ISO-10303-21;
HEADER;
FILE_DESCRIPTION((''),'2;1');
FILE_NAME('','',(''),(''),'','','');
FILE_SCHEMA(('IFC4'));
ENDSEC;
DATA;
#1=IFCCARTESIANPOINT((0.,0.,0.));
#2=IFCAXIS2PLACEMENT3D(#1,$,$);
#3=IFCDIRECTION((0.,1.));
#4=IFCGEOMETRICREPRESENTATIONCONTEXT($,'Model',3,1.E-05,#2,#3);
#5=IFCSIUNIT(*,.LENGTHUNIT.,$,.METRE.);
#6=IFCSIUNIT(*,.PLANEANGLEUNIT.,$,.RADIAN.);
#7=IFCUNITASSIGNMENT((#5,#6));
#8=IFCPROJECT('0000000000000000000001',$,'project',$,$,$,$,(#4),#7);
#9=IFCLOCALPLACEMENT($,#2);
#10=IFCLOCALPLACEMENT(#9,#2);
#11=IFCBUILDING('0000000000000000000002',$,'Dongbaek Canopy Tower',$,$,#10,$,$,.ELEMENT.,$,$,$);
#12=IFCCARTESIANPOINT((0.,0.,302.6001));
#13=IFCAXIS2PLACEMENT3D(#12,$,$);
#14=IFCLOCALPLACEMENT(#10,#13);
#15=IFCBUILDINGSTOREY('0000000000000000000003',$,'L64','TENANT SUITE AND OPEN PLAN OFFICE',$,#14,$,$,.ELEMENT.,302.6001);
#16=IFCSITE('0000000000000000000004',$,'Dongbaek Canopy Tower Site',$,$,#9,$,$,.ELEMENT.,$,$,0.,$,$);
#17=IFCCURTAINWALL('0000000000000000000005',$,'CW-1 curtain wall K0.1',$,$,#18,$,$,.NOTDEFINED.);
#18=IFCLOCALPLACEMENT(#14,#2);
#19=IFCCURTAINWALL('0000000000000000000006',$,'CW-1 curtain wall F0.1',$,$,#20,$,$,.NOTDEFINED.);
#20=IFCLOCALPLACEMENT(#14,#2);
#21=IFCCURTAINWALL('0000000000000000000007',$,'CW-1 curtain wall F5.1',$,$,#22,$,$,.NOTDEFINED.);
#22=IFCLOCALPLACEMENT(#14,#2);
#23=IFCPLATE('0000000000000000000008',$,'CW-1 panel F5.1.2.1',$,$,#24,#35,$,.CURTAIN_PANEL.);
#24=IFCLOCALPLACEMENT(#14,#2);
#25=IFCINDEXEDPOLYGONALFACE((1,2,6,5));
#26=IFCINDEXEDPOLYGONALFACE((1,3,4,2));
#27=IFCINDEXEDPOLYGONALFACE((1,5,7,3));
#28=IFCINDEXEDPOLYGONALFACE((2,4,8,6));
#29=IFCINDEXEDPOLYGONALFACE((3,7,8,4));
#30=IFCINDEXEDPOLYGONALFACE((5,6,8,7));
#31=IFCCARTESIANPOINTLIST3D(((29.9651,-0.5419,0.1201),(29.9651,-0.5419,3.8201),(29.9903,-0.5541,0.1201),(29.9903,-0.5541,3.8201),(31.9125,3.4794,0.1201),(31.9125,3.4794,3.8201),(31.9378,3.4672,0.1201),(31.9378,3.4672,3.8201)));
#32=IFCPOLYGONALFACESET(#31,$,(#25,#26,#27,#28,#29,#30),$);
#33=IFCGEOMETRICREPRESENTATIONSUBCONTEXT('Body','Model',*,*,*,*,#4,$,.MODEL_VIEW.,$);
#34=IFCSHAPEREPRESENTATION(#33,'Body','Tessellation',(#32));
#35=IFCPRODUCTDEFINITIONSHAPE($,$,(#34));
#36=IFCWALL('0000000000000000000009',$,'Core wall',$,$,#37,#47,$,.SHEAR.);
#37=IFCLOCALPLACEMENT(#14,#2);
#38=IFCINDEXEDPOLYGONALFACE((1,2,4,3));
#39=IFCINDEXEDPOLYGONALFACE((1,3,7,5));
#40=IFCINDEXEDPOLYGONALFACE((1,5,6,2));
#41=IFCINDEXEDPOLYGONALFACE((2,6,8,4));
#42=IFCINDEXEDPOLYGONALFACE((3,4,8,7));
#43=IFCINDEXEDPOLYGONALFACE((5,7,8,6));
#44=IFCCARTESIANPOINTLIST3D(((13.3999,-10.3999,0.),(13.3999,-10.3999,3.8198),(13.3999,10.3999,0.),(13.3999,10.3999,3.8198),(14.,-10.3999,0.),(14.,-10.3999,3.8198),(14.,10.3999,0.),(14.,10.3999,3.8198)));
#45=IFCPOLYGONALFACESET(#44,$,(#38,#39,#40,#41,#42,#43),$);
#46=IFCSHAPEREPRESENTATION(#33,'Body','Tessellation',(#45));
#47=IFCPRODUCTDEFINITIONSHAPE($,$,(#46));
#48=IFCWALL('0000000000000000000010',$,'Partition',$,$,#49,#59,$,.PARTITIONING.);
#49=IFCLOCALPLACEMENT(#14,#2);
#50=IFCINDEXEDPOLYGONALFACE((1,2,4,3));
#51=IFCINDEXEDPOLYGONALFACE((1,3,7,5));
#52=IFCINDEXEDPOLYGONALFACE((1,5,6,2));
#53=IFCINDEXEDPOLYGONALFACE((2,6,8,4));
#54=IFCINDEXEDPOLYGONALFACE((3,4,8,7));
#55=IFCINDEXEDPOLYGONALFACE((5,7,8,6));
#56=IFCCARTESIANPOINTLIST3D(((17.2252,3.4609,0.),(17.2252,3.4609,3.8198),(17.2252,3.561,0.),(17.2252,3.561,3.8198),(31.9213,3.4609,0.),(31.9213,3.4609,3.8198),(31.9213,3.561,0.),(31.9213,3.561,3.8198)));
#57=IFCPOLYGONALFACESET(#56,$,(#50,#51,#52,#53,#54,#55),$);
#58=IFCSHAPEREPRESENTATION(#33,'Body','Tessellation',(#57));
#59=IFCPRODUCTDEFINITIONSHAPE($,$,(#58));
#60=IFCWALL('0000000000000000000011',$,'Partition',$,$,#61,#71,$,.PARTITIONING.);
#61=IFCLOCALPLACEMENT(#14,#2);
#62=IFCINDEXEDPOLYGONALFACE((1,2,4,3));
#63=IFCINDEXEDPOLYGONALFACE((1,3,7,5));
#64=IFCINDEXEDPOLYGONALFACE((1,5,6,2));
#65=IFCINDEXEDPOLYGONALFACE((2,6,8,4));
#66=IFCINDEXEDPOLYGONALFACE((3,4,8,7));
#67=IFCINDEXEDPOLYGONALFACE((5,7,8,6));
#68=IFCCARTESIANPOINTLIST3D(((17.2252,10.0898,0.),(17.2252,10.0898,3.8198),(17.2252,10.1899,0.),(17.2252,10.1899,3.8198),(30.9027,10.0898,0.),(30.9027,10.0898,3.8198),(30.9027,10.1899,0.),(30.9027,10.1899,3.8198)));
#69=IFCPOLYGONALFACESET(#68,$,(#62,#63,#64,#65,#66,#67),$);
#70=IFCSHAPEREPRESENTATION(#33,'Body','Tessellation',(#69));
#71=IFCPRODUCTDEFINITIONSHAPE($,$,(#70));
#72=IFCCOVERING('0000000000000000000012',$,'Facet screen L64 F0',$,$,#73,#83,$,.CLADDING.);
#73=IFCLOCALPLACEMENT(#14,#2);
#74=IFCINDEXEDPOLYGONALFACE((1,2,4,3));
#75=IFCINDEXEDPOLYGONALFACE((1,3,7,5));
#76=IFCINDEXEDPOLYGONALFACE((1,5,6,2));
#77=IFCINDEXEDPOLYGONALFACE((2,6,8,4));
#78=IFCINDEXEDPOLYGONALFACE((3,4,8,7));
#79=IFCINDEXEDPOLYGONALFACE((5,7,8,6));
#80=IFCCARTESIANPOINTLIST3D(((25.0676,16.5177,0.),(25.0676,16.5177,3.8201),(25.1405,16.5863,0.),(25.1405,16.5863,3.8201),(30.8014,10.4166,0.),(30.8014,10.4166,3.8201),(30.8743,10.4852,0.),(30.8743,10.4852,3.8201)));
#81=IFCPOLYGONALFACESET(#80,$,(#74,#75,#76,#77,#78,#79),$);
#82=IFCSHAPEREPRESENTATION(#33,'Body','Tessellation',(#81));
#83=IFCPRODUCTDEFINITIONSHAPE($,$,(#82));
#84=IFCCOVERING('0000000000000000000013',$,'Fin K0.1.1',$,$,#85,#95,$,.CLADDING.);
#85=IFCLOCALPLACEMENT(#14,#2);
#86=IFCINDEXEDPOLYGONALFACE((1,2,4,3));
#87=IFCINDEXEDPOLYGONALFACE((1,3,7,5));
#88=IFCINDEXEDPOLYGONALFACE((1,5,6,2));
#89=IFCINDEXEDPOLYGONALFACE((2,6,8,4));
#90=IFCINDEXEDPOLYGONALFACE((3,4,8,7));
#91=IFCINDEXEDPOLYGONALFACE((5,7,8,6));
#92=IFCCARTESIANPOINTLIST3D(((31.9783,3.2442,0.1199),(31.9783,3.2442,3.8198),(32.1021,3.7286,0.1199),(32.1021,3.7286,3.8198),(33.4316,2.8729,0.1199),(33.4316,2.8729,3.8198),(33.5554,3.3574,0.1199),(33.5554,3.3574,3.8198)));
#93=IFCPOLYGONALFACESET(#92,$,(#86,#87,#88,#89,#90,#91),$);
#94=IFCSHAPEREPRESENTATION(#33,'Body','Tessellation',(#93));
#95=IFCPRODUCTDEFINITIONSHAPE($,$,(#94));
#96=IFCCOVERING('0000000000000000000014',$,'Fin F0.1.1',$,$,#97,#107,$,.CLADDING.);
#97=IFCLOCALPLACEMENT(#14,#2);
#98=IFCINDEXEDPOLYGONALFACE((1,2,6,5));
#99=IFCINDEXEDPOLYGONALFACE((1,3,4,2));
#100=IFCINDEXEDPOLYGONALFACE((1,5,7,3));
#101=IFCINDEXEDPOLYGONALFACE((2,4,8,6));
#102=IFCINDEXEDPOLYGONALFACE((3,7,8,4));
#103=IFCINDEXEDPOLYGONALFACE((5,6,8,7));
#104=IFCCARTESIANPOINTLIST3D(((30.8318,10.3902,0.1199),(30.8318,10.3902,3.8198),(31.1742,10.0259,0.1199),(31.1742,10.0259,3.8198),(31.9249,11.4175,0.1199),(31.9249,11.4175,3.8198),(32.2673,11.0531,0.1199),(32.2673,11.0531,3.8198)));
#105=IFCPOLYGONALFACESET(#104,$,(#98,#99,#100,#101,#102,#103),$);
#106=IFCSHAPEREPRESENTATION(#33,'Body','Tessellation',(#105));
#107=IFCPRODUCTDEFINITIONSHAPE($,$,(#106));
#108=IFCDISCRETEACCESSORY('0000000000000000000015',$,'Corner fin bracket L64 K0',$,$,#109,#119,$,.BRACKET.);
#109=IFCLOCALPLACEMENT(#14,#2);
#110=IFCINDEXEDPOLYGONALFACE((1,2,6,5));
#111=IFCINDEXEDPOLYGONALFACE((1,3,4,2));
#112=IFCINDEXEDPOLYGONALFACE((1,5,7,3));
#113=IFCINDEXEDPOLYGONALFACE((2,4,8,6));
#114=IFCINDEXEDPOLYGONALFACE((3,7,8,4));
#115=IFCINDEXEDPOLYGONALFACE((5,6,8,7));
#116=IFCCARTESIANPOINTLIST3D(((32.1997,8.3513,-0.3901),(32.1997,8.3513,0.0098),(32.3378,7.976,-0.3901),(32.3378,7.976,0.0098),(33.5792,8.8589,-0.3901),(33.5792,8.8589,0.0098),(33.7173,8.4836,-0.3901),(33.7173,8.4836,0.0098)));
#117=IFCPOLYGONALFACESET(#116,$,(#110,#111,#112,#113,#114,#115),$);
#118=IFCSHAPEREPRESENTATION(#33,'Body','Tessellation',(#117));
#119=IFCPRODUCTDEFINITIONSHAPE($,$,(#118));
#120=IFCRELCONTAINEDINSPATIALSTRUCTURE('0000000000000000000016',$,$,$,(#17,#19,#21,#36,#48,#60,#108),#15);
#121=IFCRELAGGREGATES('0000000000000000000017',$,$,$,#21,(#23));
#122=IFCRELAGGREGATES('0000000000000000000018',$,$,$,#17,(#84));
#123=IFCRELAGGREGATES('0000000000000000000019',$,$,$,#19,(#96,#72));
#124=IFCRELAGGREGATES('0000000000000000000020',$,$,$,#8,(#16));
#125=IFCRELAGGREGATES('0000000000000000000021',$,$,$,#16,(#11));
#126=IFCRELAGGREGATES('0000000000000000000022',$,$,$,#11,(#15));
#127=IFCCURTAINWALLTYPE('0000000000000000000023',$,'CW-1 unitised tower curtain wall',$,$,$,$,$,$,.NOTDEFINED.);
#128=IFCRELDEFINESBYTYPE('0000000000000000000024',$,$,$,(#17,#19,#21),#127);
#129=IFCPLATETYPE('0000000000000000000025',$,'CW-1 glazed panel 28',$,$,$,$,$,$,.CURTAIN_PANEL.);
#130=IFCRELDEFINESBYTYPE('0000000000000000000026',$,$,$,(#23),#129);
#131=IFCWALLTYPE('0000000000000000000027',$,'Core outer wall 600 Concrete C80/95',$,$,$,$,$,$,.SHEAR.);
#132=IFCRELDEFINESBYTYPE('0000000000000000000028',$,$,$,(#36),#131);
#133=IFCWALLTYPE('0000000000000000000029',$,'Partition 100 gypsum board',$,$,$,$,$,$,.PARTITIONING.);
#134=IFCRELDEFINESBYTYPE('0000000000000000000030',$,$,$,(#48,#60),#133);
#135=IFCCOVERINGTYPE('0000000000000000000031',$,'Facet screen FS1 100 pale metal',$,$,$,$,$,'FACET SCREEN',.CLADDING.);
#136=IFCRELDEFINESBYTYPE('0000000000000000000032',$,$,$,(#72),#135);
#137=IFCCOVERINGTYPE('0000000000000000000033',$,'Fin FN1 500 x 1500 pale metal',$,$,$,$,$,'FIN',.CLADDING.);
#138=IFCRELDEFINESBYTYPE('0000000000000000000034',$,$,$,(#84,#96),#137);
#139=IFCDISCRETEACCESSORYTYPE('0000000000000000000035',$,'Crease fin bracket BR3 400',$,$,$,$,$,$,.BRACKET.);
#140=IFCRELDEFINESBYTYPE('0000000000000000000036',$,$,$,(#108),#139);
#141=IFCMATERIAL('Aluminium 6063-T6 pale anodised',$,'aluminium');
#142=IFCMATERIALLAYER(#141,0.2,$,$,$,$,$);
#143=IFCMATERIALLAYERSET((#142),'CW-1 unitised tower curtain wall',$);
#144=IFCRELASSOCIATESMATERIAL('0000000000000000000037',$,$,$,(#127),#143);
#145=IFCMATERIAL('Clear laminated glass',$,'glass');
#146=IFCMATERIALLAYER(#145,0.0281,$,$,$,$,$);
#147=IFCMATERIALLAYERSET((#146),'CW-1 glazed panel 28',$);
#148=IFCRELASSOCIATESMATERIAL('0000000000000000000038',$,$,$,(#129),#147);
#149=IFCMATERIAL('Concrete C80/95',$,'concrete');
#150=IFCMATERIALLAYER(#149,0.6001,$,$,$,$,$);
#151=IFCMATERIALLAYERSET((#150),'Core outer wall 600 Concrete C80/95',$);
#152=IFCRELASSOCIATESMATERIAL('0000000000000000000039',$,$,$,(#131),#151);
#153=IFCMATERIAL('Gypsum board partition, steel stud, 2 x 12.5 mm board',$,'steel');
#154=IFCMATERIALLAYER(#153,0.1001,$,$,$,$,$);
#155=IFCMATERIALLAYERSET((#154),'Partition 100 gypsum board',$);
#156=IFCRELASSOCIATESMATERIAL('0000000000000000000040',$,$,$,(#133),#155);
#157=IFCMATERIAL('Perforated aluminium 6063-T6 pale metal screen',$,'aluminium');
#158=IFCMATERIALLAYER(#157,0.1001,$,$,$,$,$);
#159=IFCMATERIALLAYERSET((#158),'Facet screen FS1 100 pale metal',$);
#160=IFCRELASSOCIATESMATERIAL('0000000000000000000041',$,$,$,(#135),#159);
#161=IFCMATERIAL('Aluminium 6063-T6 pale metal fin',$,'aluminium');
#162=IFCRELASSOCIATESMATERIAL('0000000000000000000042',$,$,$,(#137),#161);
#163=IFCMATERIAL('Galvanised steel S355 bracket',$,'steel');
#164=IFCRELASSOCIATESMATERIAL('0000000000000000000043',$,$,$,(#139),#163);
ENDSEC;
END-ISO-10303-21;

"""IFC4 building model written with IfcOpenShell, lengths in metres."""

from ifc_helpers import new_model, si_unit, direction, frame, frame_2d, origin, origin_2d, place, context, subcontext, project, spatial, rectangle, extrude, material, layer, layer_set, material_profile, profile_set, type_object, element, aggregate, save


model = new_model("IFC4")

# Units and contexts
model_context = context("Model", 3, precision=1e-05, world=origin(), true_north=direction((0.0, 1.0)))
body_context = subcontext(model_context, "Body", "Model", "MODEL_VIEW")
ifc_project = project(units=[si_unit("LENGTHUNIT", "METRE"), si_unit("PLANEANGLEUNIT", "RADIAN")], contexts=[model_context])

# Site, building, storey
site_placement = place(None, origin())
site = spatial("IfcSite", under=ifc_project, at=site_placement, Name="Dongbaek Canopy Tower Site", CompositionType="ELEMENT", RefElevation=0.0)
building_placement = place(site_placement, origin())
building = spatial("IfcBuilding", under=site, at=building_placement, Name="Dongbaek Canopy Tower", CompositionType="ELEMENT")
storey_placement = place(building_placement, frame((0.0, 0.0, 302.6001)))
storey = spatial("IfcBuildingStorey", under=building, at=storey_placement, Name="L64", Description="TENANT SUITE AND OPEN PLAN OFFICE", CompositionType="ELEMENT", Elevation=302.6001)

# Curtain walls
ifc_material_1 = material(Name="Aluminium 6063-T6 pale anodised", Category="aluminium")
ifc_layer_1 = layer(ifc_material_1, 0.2)
ifc_layer_set_1 = layer_set([ifc_layer_1], Name="CW-1 unitised tower curtain wall")
curtain_wall_type = type_object("IfcCurtainWallType", Name="CW-1 unitised tower curtain wall", PredefinedType="NOTDEFINED", material=ifc_layer_set_1)
curtain_wall_1_placement = place(storey_placement, origin())
curtain_wall_1 = element("IfcCurtainWall", 1, at=curtain_wall_1_placement, inside=storey, type_object=curtain_wall_type, Name="CW-1 curtain wall K0.1", PredefinedType="NOTDEFINED")
curtain_wall_2_placement = place(storey_placement, origin())
curtain_wall_2 = element("IfcCurtainWall", 2, at=curtain_wall_2_placement, inside=storey, type_object=curtain_wall_type, Name="CW-1 curtain wall F0.1", PredefinedType="NOTDEFINED")

# Shared definitions
ifc_material_2 = material(Name="Clear laminated glass", Category="glass")
ifc_layer_2 = layer(ifc_material_2, 0.0281)
ifc_layer_set_2 = layer_set([ifc_layer_2], Name="CW-1 glazed panel 28")
plate_type = type_object("IfcPlateType", Name="CW-1 glazed panel 28", PredefinedType="CURTAIN_PANEL", material=ifc_layer_set_2)

# Curtain wall, plate
curtain_wall_3_placement = place(storey_placement, origin())
curtain_wall_3 = element("IfcCurtainWall", 3, at=curtain_wall_3_placement, inside=storey, type_object=curtain_wall_type, Name="CW-1 curtain wall F5.1", PredefinedType="NOTDEFINED")
plate_1_placement = place(storey_placement, frame((30.9514, 1.4626, 0.1201), z_axis=(0.0, 0.0, 1.0), x_axis=(0.435863, 0.900013, 0.0)))
plate_1 = element("IfcPlate", 4, at=plate_1_placement, type_object=plate_type, Name="CW-1 panel F5.1.2.1", PredefinedType="CURTAIN_PANEL", context=body_context, shape_type="SweptSolid", body=[
    extrude(rectangle(XDim=4.468, YDim=0.0281, at=origin_2d()), origin(), (0.0, 0.0, 1.0), 3.7),
])
aggregate(curtain_wall_3, [plate_1])

# Walls
ifc_material_3 = material(Name="Concrete C80/95", Category="concrete")
ifc_layer_3 = layer(ifc_material_3, 0.6001)
ifc_layer_set_3 = layer_set([ifc_layer_3], Name="Core outer wall 600 Concrete C80/95")
wall_type_1 = type_object("IfcWallType", Name="Core outer wall 600 Concrete C80/95", PredefinedType="SHEAR", material=ifc_layer_set_3)
wall_1_placement = place(storey_placement, frame((13.7, 10.3999, 0.0), z_axis=(0.0, 0.0, 1.0), x_axis=(0.0, -1.0, 0.0)))
element("IfcWall", 5, at=wall_1_placement, inside=storey, type_object=wall_type_1, Name="Core wall", PredefinedType="SHEAR", context=body_context, shape_type="SweptSolid", body=[
    extrude(rectangle(XDim=20.7998, YDim=0.6001, at=frame_2d((10.3999, 0.0))), origin(), (0.0, 0.0, 1.0), 3.8198),
])
ifc_material_4 = material(Name="Gypsum board partition, steel stud, 2 x 12.5 mm board", Category="steel")
ifc_layer_4 = layer(ifc_material_4, 0.1001)
ifc_layer_set_4 = layer_set([ifc_layer_4], Name="Partition 100 gypsum board")
wall_type_2 = type_object("IfcWallType", Name="Partition 100 gypsum board", PredefinedType="PARTITIONING", material=ifc_layer_set_4)
wall_2_placement = place(storey_placement, frame((17.2251, 3.511, 0.0), z_axis=(0.0, 0.0, 1.0), x_axis=(1.0, 0.0, 0.0)))
element("IfcWall", 6, at=wall_2_placement, inside=storey, type_object=wall_type_2, Name="Partition", PredefinedType="PARTITIONING", context=body_context, shape_type="SweptSolid", body=[
    extrude(rectangle(XDim=14.696, YDim=0.1001, at=frame_2d((7.3481, 0.0))), origin(), (0.0, 0.0, 1.0), 3.8198),
])
wall_3_placement = place(storey_placement, frame((17.2251, 10.1399, 0.0), z_axis=(0.0, 0.0, 1.0), x_axis=(1.0, 0.0, 0.0)))
element("IfcWall", 7, at=wall_3_placement, inside=storey, type_object=wall_type_2, Name="Partition", PredefinedType="PARTITIONING", context=body_context, shape_type="SweptSolid", body=[
    extrude(rectangle(XDim=13.6775, YDim=0.1001, at=frame_2d((6.8389, 0.0))), origin(), (0.0, 0.0, 1.0), 3.8198),
])

# Coverings
ifc_material_5 = material(Name="Perforated aluminium 6063-T6 pale metal screen", Category="aluminium")
ifc_layer_5 = layer(ifc_material_5, 0.1001)
ifc_layer_set_5 = layer_set([ifc_layer_5], Name="Facet screen FS1 100 pale metal")
covering_type_1 = type_object("IfcCoveringType", Name="Facet screen FS1 100 pale metal", ElementType="FACET SCREEN", PredefinedType="CLADDING", material=ifc_layer_set_5)
covering_1_placement = place(storey_placement, frame((27.9709, 13.5015, 0.0), z_axis=(0.0, 0.0, 1.0), x_axis=(-0.684831, 0.728702, 0.0)))
covering_1 = element("IfcCovering", 8, at=covering_1_placement, type_object=covering_type_1, Name="Facet screen L64 F0", PredefinedType="CLADDING", context=body_context, shape_type="SweptSolid", body=[
    extrude(rectangle(XDim=8.3726, YDim=0.1001, at=origin_2d()), origin(), (0.0, 0.0, 1.0), 3.8201),
])
ifc_material_6 = material(Name="Aluminium 6063-T6 pale metal fin", Category="aluminium")
ifc_material_profile_1 = material_profile(ifc_material_6, rectangle(XDim=1.5, YDim=0.5, at=origin_2d()), Name="Fin FN1 500 x 1500 pale metal")
ifc_profile_set_1 = profile_set([ifc_material_profile_1], Name="Aluminium 6063-T6 pale metal fin")
covering_type_2 = type_object("IfcCoveringType", Name="Fin FN1 500 x 1500 pale metal", ElementType="FIN", PredefinedType="CLADDING", material=ifc_profile_set_1)
covering_2_placement = place(storey_placement, frame((32.7668, 3.3008, 0.1199), z_axis=(0.0, 0.0, 1.0), x_axis=(0.968887, -0.247503, 0.0)))
covering_2 = element("IfcCovering", 9, at=covering_2_placement, type_object=covering_type_2, Name="Fin K0.1.1", PredefinedType="CLADDING", context=body_context, shape_type="SweptSolid", body=[
    extrude(rectangle(XDim=1.5, YDim=0.5, at=origin_2d()), origin(), (0.0, 0.0, 1.0), 3.7),
])
aggregate(curtain_wall_1, [covering_2])
covering_3_placement = place(storey_placement, frame((31.5496, 10.7217, 0.1199), z_axis=(0.0, 0.0, 1.0), x_axis=(0.728702, 0.684831, 0.0)))
covering_3 = element("IfcCovering", 10, at=covering_3_placement, type_object=covering_type_2, Name="Fin F0.1.1", PredefinedType="CLADDING", context=body_context, shape_type="SweptSolid", body=[
    extrude(rectangle(XDim=1.5, YDim=0.5, at=origin_2d()), origin(), (0.0, 0.0, 1.0), 3.7),
])
aggregate(curtain_wall_2, [covering_3, covering_1])

# Discrete accessory
ifc_material_7 = material(Name="Galvanised steel S355 bracket", Category="steel")
discrete_accessory_type = type_object("IfcDiscreteAccessoryType", Name="Crease fin bracket BR3 400", PredefinedType="BRACKET", material=ifc_material_7)
discrete_accessory_placement = place(storey_placement, frame((32.9585, 8.4175, -0.3901), z_axis=(0.0, 0.0, 1.0), x_axis=(0.938485, 0.345321, 0.0)))
element("IfcDiscreteAccessory", 11, at=discrete_accessory_placement, inside=storey, type_object=discrete_accessory_type, Name="Corner fin bracket L64 K0", PredefinedType="BRACKET", context=body_context, shape_type="SweptSolid", body=[
    extrude(rectangle(XDim=1.47, YDim=0.3999, at=origin_2d()), origin(), (0.0, 0.0, 1.0), 0.3999),
])

save(model, "model.ifc")
